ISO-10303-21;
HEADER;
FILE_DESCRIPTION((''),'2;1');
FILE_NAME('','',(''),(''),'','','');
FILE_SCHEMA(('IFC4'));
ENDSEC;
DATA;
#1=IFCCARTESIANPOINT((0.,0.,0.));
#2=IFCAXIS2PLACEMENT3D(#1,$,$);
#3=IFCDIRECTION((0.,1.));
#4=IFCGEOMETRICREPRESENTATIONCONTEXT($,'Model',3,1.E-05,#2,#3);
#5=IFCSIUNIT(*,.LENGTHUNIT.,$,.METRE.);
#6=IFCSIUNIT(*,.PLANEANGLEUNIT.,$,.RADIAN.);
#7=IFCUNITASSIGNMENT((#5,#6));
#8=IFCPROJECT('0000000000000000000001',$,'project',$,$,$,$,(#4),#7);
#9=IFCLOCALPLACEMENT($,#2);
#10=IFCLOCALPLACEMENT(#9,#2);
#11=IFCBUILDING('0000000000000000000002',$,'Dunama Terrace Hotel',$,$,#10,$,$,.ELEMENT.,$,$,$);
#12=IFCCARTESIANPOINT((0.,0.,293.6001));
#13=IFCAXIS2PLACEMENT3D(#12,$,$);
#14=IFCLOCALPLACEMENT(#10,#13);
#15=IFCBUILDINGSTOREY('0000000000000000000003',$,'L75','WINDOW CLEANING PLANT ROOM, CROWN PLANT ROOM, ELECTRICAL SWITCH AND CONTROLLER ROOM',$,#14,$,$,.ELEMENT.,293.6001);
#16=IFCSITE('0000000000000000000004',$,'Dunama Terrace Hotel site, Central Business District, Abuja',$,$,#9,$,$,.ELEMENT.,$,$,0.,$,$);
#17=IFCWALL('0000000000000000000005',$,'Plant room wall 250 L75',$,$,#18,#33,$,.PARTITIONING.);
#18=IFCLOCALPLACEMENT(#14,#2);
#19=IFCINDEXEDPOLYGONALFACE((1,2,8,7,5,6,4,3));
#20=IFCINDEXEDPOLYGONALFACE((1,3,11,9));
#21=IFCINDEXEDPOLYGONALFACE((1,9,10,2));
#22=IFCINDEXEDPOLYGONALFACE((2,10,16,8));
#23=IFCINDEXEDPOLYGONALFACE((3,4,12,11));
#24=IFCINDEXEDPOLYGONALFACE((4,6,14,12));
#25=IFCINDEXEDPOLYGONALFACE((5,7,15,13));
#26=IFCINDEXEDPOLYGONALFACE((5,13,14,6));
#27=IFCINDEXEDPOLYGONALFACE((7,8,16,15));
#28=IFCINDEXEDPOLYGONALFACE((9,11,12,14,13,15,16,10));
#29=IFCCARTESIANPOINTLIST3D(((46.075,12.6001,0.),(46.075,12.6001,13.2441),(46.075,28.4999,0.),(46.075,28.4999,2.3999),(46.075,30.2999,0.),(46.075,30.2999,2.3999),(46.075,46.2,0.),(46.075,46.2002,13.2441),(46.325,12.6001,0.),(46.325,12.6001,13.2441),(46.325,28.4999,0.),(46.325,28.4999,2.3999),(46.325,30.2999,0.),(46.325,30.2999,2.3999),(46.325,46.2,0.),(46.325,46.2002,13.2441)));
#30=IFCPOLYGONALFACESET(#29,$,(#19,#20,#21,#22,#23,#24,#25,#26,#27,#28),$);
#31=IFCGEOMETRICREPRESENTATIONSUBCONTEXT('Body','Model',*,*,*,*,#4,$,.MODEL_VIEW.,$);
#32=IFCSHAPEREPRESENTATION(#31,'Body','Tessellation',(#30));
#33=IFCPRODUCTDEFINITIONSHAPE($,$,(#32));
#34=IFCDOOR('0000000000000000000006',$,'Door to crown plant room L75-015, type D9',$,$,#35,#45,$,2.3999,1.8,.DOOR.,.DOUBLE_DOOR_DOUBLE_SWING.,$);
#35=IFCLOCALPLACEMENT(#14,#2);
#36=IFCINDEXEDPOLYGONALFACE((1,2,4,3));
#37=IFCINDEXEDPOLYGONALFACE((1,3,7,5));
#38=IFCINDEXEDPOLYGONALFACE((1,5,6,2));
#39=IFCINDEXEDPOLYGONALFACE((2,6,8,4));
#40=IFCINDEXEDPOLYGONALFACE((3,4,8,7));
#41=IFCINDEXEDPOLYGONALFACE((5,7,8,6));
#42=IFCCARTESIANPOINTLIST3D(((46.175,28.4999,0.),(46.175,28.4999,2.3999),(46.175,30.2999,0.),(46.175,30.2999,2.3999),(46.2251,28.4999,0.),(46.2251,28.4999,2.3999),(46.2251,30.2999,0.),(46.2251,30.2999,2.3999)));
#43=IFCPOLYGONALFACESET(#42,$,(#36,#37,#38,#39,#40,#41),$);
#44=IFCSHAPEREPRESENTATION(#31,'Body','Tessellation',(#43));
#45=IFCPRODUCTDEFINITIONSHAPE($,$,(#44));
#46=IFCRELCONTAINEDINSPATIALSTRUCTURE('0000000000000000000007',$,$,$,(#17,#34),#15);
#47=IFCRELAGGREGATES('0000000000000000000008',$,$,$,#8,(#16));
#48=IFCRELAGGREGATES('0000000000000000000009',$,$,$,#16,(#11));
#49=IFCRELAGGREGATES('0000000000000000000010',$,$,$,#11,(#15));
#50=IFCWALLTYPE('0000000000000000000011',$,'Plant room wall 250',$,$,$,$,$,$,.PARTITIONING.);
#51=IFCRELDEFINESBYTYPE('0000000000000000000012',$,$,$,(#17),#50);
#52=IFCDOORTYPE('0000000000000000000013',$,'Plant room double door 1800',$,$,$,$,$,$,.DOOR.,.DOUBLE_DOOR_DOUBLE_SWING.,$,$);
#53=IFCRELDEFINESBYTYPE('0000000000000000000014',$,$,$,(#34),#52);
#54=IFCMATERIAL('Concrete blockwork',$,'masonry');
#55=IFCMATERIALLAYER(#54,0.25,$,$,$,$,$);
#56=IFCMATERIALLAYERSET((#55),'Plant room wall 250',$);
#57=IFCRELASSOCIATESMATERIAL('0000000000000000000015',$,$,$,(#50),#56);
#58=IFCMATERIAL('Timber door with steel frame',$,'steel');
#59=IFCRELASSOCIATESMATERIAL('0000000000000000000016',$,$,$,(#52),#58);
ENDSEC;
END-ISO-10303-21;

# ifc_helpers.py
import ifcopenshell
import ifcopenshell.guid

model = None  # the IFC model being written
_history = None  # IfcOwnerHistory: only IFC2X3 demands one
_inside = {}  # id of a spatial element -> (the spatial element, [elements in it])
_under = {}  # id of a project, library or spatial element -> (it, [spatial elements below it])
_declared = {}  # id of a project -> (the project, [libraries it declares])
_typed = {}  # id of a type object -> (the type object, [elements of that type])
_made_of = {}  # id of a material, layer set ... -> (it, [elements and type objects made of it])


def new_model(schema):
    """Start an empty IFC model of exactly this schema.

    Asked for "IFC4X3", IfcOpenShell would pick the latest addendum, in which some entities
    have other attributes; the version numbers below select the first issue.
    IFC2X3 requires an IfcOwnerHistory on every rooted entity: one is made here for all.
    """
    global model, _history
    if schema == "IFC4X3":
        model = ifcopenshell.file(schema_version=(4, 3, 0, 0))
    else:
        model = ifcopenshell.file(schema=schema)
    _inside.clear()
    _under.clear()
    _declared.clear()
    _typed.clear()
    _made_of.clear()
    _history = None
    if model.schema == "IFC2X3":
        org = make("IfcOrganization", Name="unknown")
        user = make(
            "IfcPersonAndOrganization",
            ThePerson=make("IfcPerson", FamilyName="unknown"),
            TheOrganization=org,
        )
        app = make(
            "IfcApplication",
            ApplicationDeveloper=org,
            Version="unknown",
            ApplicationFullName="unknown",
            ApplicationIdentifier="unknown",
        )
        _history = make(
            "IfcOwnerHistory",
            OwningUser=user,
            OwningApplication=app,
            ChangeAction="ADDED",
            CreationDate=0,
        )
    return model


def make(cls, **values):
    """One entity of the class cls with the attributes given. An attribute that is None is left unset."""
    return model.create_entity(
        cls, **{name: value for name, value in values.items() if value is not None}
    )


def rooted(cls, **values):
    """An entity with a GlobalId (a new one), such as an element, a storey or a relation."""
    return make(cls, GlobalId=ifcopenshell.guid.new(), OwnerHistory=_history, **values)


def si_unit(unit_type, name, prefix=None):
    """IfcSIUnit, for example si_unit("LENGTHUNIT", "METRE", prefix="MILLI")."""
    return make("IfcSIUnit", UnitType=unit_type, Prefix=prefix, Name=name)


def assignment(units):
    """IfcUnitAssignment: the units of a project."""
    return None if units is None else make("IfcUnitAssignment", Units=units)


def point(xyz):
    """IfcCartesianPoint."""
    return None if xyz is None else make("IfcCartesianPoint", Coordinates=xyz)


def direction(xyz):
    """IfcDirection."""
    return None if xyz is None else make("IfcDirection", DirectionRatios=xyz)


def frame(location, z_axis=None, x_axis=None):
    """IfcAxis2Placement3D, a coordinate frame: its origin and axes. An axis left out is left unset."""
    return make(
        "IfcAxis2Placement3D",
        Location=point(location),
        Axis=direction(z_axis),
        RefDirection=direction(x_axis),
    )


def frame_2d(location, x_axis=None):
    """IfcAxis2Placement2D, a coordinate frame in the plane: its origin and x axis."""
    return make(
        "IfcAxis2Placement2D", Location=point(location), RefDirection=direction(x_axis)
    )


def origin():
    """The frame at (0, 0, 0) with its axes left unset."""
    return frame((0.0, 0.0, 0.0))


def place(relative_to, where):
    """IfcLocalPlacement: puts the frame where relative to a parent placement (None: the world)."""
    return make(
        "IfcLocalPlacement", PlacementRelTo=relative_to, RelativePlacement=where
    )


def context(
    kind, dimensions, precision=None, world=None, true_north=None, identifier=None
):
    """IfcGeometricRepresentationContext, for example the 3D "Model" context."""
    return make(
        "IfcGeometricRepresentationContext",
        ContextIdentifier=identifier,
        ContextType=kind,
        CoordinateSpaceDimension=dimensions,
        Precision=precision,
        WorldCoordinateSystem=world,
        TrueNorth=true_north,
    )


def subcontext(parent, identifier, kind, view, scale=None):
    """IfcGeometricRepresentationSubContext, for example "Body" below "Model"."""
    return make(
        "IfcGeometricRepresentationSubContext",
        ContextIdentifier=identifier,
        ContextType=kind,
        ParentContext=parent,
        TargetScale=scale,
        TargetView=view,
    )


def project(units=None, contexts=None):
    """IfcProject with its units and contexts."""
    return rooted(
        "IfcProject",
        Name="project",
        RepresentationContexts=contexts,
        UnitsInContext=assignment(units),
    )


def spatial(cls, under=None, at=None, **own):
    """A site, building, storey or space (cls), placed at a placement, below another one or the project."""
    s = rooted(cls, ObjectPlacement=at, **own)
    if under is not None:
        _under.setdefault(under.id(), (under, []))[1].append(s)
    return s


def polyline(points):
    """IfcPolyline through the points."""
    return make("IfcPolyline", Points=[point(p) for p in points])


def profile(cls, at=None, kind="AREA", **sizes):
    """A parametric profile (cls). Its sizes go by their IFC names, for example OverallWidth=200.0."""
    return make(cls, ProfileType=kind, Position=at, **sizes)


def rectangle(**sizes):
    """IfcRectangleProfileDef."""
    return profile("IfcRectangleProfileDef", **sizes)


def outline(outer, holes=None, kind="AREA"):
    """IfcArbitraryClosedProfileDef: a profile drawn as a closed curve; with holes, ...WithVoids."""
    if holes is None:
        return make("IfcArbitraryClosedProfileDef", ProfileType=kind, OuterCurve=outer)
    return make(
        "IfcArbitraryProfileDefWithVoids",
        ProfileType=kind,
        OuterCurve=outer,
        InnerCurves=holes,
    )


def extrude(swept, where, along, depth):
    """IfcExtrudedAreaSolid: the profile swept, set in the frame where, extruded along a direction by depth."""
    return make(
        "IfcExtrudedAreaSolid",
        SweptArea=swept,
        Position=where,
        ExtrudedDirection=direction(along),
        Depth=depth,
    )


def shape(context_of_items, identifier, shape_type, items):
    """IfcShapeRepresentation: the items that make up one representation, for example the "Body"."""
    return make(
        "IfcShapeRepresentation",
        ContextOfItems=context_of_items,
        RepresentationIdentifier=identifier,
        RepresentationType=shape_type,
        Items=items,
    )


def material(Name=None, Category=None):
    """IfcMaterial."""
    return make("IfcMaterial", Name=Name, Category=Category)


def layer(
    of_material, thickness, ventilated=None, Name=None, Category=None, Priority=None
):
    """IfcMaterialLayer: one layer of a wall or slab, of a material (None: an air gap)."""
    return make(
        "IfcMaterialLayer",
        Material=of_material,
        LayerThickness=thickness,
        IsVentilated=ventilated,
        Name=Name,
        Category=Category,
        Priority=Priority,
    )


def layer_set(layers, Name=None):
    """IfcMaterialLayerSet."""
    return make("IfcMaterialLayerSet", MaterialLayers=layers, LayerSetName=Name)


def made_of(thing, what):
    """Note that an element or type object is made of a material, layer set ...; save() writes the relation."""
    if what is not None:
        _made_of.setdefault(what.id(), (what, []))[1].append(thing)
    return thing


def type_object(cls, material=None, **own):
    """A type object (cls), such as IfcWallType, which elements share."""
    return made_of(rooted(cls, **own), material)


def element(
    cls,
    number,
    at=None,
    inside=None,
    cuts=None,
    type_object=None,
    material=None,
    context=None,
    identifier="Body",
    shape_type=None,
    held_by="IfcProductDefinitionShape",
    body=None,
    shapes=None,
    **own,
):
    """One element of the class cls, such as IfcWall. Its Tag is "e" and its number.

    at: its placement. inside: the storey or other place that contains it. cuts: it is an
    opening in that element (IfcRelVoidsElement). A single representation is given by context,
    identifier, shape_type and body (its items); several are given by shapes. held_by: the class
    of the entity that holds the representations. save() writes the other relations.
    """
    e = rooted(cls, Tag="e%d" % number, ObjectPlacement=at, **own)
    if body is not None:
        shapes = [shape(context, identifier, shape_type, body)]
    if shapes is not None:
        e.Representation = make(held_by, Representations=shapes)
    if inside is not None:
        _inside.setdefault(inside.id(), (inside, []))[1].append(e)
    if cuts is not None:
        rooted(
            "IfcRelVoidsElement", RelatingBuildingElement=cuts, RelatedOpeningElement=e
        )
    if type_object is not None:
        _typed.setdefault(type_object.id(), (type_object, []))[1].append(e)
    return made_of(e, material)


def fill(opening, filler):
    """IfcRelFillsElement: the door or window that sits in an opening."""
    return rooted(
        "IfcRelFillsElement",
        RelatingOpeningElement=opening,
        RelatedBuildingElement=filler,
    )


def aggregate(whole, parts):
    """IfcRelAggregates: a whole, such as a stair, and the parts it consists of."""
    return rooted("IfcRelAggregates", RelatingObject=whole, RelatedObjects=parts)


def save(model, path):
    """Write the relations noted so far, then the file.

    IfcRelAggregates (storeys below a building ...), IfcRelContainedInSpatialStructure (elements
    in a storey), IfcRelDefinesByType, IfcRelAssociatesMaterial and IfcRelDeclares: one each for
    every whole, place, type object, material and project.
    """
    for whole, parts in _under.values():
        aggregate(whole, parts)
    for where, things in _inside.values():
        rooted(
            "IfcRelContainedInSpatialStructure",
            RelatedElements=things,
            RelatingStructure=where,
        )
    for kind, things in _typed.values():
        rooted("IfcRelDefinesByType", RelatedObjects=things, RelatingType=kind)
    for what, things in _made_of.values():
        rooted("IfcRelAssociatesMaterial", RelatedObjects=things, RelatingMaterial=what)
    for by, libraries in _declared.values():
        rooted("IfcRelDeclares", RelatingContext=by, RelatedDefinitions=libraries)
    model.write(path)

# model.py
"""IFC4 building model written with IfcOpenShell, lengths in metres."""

from ifc_helpers import new_model, si_unit, direction, frame, frame_2d, origin, place, context, subcontext, project, spatial, polyline, rectangle, outline, extrude, material, layer, layer_set, type_object, element, fill, save


model = new_model("IFC4")

# Units and contexts
model_context = context("Model", 3, precision=1e-05, world=origin(), true_north=direction((0.0, 1.0)))
body_context = subcontext(model_context, "Body", "Model", "MODEL_VIEW")
ifc_project = project(units=[si_unit("LENGTHUNIT", "METRE"), si_unit("PLANEANGLEUNIT", "RADIAN")], contexts=[model_context])

# Site, building, storey
site_placement = place(None, origin())
site = spatial("IfcSite", under=ifc_project, at=site_placement, Name="Dunama Terrace Hotel site, Central Business District, Abuja", CompositionType="ELEMENT", RefElevation=0.0)
building_placement = place(site_placement, origin())
building = spatial("IfcBuilding", under=site, at=building_placement, Name="Dunama Terrace Hotel", CompositionType="ELEMENT")
storey_placement = place(building_placement, frame((0.0, 0.0, 293.6001)))
storey = spatial("IfcBuildingStorey", under=building, at=storey_placement, Name="L75", Description="WINDOW CLEANING PLANT ROOM, CROWN PLANT ROOM, ELECTRICAL SWITCH AND CONTROLLER ROOM", CompositionType="ELEMENT", Elevation=293.6001)

# Wall, opening, door
ifc_material_1 = material(Name="Concrete blockwork", Category="masonry")
ifc_layer_1 = layer(ifc_material_1, 0.25)
ifc_layer_set_1 = layer_set([ifc_layer_1], Name="Plant room wall 250")
wall_type_1 = type_object("IfcWallType", Name="Plant room wall 250", PredefinedType="PARTITIONING", material=ifc_layer_set_1)
wall_1_placement = place(storey_placement, frame((46.2, 12.6001, 0.0), z_axis=(0.0, 0.0, 1.0), x_axis=(0.0, 1.0, 0.0)))
wall_1 = element("IfcWall", 1, at=wall_1_placement, inside=storey, type_object=wall_type_1, Name="Plant room wall 250 L75", PredefinedType="PARTITIONING", context=body_context, shape_type="SweptSolid", body=[
    extrude(outline(polyline([(0.0, 0.0), (33.5999, 0.0), (33.6001, 13.2441), (0.0, 13.2441), (0.0, 0.0)])), frame((0.0, 0.125, 0.0), z_axis=(0.0, -1.0, 0.0), x_axis=(1.0, 0.0, 0.0)), (0.0, 0.0, 1.0), 0.25),
])
opening_1_placement = place(wall_1_placement, frame((15.8999, 0.0, 0.0)))
opening_1 = element("IfcOpeningElement", 2, at=opening_1_placement, cuts=wall_1, PredefinedType="OPENING", context=body_context, shape_type="SweptSolid", body=[
    extrude(rectangle(XDim=1.8, YDim=2.3999, at=frame_2d((0.8999, 1.2))), frame((0.0, 0.135, 0.0), z_axis=(0.0, -1.0, 0.0), x_axis=(1.0, 0.0, 0.0)), (0.0, 0.0, 1.0), 0.27),
])
ifc_material_2 = material(Name="Timber door with steel frame", Category="steel")
door_type = type_object("IfcDoorType", Name="Plant room double door 1800", OperationType="DOUBLE_DOOR_DOUBLE_SWING", PredefinedType="DOOR", material=ifc_material_2)
door_placement = place(opening_1_placement, origin())
door = element("IfcDoor", 3, at=door_placement, inside=storey, type_object=door_type, Name="Door to crown plant room L75-015, type D9", OperationType="DOUBLE_DOOR_DOUBLE_SWING", OverallHeight=2.3999, OverallWidth=1.8, PredefinedType="DOOR", context=body_context, shape_type="SweptSolid", body=[
    extrude(rectangle(XDim=1.8, YDim=2.3999, at=frame_2d((0.8999, 1.2))), frame((0.0, 0.0249, 0.0), z_axis=(0.0, -1.0, 0.0), x_axis=(1.0, 0.0, 0.0)), (0.0, 0.0, 1.0), 0.05),
])
fill(opening_1, door)

save(model, "model.ifc")
